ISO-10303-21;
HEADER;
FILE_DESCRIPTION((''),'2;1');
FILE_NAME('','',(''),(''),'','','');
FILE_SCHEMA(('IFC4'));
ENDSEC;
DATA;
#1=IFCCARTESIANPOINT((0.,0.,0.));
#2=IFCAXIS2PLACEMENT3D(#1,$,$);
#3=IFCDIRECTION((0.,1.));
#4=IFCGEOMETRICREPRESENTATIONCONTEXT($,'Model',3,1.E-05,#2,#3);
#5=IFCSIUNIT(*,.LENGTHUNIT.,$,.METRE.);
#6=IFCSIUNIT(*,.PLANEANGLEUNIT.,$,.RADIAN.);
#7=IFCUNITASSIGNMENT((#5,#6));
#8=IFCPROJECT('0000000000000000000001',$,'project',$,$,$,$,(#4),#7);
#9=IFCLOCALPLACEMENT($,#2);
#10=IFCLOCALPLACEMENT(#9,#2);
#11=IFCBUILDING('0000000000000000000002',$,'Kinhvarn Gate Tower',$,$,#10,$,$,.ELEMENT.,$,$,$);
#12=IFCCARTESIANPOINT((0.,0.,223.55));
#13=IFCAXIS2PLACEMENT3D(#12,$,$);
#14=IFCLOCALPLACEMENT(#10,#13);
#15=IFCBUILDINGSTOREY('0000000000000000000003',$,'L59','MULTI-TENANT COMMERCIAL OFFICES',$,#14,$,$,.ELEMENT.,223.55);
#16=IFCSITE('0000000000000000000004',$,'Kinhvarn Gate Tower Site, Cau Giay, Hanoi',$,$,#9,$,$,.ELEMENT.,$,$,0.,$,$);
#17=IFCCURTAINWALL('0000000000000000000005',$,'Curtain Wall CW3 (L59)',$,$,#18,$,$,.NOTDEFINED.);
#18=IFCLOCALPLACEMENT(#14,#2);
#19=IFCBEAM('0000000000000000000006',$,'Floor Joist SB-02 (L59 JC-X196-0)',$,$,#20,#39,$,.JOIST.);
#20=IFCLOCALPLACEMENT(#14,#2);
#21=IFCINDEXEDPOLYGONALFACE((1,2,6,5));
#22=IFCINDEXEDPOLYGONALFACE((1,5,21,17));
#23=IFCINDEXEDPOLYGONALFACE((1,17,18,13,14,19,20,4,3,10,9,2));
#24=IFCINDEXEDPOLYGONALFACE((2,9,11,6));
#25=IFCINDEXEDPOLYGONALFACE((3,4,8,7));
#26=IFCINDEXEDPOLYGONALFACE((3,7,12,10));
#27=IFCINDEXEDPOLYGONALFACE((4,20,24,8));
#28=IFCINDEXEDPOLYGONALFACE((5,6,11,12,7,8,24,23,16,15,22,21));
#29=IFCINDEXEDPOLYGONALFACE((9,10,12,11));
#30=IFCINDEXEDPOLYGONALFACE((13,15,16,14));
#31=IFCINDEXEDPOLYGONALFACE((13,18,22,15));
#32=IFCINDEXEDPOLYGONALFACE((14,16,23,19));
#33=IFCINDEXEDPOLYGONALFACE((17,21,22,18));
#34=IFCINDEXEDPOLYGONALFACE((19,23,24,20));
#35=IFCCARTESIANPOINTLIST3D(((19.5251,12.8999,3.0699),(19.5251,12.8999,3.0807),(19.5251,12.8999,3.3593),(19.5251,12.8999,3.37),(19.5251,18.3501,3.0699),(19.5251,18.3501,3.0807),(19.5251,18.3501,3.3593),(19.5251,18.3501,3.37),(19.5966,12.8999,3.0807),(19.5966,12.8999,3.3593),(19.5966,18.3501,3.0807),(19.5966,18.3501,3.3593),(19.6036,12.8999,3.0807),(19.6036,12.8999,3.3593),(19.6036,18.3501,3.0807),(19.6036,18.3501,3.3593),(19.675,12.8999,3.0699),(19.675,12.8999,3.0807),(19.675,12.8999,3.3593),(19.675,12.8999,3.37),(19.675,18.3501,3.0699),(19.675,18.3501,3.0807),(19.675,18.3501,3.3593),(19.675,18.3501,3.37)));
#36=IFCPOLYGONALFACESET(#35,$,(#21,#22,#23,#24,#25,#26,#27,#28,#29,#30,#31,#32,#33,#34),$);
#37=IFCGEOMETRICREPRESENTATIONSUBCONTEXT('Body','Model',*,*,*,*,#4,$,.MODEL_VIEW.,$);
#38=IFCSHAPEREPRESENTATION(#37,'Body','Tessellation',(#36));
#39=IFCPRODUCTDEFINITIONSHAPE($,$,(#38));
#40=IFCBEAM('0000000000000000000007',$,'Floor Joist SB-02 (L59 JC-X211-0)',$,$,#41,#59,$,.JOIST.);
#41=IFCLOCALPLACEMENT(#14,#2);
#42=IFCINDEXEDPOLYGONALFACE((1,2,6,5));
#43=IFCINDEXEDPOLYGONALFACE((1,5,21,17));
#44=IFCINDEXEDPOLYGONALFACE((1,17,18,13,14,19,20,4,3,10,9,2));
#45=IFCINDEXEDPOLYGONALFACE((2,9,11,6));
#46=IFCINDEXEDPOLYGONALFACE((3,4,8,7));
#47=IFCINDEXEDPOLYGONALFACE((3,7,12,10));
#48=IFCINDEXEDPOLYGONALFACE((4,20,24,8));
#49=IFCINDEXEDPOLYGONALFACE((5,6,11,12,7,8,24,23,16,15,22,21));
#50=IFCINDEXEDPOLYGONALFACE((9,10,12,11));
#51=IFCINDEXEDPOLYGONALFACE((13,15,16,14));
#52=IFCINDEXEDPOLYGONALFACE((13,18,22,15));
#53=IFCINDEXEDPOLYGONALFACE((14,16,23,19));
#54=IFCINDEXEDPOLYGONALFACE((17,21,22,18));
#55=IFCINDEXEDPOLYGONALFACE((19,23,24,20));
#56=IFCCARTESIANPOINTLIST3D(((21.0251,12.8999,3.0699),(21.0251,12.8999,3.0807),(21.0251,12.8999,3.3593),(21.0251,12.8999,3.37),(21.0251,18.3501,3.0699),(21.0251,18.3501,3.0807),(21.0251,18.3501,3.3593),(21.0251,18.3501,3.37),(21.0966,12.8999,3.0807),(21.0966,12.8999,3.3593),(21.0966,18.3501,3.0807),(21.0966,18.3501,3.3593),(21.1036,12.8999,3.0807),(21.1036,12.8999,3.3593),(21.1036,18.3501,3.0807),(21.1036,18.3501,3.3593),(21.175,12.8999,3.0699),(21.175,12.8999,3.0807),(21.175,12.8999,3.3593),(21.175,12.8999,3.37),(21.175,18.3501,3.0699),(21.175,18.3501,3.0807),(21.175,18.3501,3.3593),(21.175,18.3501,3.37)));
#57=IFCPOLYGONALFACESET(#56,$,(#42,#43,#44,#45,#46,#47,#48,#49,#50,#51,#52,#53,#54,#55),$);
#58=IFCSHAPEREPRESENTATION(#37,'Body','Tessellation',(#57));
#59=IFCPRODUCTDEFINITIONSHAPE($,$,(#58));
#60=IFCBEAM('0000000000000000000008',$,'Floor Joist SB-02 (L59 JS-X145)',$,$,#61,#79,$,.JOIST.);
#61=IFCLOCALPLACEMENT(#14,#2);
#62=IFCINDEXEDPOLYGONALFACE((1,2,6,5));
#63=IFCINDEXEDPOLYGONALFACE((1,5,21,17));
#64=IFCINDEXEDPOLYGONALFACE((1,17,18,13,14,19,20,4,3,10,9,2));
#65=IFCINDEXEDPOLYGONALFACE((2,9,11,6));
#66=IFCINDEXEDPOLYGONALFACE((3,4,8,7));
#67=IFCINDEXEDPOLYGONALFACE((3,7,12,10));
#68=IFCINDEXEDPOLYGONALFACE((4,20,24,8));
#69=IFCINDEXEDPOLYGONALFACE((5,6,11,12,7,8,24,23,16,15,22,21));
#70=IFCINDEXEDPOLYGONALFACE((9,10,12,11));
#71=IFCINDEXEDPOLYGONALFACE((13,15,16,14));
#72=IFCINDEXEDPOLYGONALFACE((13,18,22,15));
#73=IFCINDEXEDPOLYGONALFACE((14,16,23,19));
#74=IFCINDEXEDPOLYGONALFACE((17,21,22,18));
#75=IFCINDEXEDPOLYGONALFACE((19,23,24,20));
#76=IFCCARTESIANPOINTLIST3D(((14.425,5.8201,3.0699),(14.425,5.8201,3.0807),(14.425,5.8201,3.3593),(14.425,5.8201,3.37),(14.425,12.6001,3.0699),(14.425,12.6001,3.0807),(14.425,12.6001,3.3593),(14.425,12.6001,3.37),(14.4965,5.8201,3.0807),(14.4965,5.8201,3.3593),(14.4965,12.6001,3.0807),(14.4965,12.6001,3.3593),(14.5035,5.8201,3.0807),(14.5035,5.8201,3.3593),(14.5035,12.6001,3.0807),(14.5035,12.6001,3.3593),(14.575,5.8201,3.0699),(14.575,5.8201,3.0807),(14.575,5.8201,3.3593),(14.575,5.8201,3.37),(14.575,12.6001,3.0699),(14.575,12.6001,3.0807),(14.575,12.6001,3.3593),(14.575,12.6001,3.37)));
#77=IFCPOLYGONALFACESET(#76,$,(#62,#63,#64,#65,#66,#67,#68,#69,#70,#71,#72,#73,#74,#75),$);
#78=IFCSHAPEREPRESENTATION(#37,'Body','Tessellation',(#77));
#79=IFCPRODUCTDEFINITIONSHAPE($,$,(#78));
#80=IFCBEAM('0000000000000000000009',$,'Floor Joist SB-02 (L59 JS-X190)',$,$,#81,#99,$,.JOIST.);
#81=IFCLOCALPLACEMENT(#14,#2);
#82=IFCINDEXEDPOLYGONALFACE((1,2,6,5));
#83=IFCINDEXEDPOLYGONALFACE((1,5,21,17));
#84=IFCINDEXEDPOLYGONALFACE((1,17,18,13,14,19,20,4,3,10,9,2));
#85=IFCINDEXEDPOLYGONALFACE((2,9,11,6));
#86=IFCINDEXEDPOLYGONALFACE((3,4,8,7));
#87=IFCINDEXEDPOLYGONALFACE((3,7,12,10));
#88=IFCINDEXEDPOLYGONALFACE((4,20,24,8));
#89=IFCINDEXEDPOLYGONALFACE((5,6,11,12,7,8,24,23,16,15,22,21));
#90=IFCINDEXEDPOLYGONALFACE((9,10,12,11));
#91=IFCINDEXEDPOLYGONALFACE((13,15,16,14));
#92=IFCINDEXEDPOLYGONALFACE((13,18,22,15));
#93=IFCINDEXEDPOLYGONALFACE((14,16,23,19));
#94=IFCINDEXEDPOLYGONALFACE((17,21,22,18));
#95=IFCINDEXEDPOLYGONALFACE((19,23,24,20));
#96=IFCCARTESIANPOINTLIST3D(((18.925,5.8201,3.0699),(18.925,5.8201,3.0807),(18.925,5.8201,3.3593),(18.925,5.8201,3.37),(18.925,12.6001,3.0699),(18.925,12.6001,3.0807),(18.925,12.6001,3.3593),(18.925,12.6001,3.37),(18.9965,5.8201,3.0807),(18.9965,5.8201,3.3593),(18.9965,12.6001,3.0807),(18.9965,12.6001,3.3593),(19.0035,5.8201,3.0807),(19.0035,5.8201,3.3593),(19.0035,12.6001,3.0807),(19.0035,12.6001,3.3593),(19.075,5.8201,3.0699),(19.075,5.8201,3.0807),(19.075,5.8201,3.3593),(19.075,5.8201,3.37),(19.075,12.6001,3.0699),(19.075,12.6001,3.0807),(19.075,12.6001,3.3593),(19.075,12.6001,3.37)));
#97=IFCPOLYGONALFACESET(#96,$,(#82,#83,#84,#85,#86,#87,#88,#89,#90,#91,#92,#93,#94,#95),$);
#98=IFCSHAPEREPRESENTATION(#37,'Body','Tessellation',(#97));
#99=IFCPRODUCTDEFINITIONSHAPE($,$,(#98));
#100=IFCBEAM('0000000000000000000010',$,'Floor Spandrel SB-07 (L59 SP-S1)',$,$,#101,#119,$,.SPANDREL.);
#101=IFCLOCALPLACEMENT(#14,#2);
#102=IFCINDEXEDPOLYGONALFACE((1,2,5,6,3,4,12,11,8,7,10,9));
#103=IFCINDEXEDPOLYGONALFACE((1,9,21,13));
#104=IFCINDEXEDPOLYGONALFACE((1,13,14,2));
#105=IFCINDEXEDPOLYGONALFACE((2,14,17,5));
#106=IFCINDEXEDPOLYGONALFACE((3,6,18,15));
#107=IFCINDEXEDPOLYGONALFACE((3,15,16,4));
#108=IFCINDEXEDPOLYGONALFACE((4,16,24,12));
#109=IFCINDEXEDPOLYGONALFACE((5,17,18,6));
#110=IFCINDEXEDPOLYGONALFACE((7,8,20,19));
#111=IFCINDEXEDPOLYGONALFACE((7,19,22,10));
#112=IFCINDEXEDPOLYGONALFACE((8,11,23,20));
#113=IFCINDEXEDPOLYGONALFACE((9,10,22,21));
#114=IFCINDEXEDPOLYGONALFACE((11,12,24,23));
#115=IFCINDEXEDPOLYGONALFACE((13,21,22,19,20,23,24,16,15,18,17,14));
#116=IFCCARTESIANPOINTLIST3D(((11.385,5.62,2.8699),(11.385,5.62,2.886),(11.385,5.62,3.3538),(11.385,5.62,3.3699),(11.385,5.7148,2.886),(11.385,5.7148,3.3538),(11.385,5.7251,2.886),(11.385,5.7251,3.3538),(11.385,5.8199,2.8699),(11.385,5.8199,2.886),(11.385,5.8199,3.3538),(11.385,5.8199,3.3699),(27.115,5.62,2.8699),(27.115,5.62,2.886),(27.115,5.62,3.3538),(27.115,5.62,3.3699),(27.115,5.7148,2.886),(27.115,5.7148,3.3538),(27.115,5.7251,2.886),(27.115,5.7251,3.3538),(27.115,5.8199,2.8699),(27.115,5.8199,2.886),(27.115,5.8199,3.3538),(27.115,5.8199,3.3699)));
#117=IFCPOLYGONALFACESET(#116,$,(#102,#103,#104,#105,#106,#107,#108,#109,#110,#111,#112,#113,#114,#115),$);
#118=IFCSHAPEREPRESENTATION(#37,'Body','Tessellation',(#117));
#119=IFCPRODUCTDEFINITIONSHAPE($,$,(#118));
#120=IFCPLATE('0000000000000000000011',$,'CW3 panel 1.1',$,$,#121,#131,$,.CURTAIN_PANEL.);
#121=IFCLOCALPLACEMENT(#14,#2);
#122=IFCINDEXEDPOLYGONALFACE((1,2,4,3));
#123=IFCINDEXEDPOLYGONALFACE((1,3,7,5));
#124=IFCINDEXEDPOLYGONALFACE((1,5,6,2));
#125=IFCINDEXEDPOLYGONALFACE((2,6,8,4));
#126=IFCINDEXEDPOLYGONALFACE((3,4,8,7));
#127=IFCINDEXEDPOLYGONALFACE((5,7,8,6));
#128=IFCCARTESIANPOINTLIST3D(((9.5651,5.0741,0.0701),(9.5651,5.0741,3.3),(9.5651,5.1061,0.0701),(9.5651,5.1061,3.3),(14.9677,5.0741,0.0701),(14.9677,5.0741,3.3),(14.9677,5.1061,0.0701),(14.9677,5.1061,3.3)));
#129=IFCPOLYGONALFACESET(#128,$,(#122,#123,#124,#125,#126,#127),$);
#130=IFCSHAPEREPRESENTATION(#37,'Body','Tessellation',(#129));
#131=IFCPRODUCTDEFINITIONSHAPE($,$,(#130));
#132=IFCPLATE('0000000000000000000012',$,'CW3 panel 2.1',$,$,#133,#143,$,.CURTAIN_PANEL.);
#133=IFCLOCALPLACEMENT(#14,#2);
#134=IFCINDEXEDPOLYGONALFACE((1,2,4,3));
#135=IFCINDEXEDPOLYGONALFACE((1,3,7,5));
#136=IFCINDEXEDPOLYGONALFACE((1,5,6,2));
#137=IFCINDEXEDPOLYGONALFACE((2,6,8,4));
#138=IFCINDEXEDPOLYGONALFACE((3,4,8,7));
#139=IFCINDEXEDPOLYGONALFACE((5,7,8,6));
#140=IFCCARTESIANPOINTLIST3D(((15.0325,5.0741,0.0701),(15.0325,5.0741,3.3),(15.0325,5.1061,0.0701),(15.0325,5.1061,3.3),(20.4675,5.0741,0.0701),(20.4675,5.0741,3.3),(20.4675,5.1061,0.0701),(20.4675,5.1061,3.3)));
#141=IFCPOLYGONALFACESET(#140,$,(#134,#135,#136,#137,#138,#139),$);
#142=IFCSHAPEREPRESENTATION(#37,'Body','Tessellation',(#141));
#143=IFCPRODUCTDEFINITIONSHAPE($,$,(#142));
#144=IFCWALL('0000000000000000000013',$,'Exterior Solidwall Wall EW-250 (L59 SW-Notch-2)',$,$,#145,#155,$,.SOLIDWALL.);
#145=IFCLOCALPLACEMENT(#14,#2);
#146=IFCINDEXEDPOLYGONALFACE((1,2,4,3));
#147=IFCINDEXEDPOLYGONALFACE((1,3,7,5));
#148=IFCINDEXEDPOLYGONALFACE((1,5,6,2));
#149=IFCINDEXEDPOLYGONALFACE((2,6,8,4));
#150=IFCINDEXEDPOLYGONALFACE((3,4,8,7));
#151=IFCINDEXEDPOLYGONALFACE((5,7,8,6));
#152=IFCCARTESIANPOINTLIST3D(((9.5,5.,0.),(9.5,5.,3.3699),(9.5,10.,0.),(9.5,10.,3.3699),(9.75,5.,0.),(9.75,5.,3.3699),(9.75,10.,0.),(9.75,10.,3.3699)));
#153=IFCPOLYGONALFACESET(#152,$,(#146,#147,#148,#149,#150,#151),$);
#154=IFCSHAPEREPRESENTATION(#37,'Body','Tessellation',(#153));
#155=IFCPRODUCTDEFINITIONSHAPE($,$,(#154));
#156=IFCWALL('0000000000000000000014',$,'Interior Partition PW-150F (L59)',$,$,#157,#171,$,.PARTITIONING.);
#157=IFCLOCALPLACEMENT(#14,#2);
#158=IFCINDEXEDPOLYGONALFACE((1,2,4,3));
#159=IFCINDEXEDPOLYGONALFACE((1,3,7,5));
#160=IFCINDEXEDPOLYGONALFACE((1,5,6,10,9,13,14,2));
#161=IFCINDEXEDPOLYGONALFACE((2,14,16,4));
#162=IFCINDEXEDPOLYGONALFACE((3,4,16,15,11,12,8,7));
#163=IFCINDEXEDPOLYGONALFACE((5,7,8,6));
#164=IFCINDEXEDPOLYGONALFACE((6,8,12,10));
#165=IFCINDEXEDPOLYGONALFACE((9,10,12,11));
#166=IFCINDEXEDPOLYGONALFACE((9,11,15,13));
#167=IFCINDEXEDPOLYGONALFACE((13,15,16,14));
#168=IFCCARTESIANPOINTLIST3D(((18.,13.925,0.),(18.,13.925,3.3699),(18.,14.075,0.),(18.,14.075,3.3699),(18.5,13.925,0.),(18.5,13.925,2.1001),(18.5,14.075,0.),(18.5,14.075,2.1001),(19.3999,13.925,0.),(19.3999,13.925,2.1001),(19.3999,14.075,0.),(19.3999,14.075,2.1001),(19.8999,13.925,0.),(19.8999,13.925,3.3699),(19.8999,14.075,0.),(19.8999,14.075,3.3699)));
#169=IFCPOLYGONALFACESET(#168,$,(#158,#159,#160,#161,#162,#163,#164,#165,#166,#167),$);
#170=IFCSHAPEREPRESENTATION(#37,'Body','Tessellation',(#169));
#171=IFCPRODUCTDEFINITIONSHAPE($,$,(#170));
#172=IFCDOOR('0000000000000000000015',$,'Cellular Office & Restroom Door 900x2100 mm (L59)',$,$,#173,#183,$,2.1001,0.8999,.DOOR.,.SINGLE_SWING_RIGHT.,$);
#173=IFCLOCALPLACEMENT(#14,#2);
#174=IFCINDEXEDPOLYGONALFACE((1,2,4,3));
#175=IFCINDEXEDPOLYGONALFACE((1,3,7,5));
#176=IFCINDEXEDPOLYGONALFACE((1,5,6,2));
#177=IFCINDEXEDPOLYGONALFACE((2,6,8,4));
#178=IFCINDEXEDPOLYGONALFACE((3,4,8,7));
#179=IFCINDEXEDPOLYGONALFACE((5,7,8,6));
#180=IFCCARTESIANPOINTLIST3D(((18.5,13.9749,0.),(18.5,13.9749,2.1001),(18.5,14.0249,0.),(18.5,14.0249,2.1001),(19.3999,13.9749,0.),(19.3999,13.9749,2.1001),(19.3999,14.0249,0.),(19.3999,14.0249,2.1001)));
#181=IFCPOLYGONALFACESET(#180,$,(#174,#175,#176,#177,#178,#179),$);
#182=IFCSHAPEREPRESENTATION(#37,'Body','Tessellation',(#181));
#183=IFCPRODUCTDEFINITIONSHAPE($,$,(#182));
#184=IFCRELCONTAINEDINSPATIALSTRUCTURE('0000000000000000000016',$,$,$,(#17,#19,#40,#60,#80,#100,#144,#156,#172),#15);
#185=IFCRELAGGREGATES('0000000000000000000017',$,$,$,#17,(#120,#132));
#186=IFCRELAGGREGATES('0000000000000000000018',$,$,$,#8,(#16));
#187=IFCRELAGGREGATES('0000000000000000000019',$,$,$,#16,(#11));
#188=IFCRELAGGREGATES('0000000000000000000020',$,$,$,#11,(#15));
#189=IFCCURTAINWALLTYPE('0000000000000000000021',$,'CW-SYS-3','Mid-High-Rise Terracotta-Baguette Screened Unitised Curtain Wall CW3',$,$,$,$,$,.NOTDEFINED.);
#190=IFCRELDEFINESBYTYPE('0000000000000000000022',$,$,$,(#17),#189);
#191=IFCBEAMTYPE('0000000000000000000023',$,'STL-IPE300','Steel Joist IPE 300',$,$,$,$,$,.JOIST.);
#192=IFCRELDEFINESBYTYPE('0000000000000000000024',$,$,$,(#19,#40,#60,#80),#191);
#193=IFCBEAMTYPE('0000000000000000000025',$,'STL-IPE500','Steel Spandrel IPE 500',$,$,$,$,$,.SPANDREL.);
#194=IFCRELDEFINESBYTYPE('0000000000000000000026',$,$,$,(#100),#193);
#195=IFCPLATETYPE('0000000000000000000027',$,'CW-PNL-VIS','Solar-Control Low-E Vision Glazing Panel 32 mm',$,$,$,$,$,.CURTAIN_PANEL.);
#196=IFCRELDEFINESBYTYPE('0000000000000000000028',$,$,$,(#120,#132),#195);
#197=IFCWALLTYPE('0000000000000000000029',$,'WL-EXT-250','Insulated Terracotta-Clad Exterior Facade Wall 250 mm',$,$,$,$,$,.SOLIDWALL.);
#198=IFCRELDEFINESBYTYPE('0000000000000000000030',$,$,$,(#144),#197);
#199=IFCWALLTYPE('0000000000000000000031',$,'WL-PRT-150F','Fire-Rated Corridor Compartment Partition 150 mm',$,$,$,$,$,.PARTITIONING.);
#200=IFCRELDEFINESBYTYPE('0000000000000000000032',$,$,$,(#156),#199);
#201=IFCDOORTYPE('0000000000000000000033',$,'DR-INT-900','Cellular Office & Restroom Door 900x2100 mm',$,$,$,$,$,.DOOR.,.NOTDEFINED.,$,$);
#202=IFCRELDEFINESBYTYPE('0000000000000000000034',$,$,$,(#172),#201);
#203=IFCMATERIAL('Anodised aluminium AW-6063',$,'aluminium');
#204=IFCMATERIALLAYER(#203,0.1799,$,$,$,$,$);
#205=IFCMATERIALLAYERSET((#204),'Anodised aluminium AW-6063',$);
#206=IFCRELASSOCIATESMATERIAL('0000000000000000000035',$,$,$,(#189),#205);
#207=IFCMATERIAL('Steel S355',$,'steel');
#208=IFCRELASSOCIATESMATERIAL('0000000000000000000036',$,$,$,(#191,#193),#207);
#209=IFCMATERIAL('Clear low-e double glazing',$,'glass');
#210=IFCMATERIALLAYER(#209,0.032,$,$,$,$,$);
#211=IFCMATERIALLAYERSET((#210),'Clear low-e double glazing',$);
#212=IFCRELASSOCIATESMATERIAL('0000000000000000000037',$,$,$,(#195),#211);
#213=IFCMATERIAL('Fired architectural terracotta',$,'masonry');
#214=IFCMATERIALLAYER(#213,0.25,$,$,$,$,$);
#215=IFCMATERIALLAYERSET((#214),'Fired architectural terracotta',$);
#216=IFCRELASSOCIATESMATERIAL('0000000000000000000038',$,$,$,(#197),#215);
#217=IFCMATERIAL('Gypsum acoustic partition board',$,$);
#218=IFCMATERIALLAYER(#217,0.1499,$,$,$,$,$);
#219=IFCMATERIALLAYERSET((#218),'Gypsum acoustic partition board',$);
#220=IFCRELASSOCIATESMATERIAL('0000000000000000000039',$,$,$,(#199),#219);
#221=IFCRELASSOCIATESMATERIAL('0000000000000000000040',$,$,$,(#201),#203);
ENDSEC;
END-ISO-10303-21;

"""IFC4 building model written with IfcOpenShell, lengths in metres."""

from ifc_helpers import new_model, si_unit, direction, frame, frame_2d, origin, origin_2d, place, context, subcontext, project, spatial, rectangle, i_section, extrude, material, layer, layer_set, material_profile, profile_set, type_object, element, fill, aggregate, save


model = new_model("IFC4")

# Units and contexts
model_context = context("Model", 3, precision=1e-05, world=origin(), true_north=direction((0.0, 1.0)))
body_context = subcontext(model_context, "Body", "Model", "MODEL_VIEW")
ifc_project = project(units=[si_unit("LENGTHUNIT", "METRE"), si_unit("PLANEANGLEUNIT", "RADIAN")], contexts=[model_context])

# Site, building, storey
site_placement = place(None, origin())
site = spatial("IfcSite", under=ifc_project, at=site_placement, Name="Kinhvarn Gate Tower Site, Cau Giay, Hanoi", CompositionType="ELEMENT", RefElevation=0.0)
building_placement = place(site_placement, origin())
building = spatial("IfcBuilding", under=site, at=building_placement, Name="Kinhvarn Gate Tower", CompositionType="ELEMENT")
storey_placement = place(building_placement, frame((0.0, 0.0, 223.55)))
storey = spatial("IfcBuildingStorey", under=building, at=storey_placement, Name="L59", Description="MULTI-TENANT COMMERCIAL OFFICES", CompositionType="ELEMENT", Elevation=223.55)

# Curtain wall
ifc_material_1 = material(Name="Anodised aluminium AW-6063", Category="aluminium")
ifc_layer_1 = layer(ifc_material_1, 0.1799)
ifc_layer_set_1 = layer_set([ifc_layer_1], Name="Anodised aluminium AW-6063")
curtain_wall_type = type_object("IfcCurtainWallType", Name="CW-SYS-3", Description="Mid-High-Rise Terracotta-Baguette Screened Unitised Curtain Wall CW3", PredefinedType="NOTDEFINED", material=ifc_layer_set_1)
curtain_wall_placement = place(storey_placement, origin())
curtain_wall = element("IfcCurtainWall", 1, at=curtain_wall_placement, inside=storey, type_object=curtain_wall_type, Name="Curtain Wall CW3 (L59)", PredefinedType="NOTDEFINED")

# Beams
ifc_material_2 = material(Name="Steel S355", Category="steel")
ifc_material_profile_1 = material_profile(ifc_material_2, i_section(OverallWidth=0.1499, OverallDepth=0.3, WebThickness=0.0071, FlangeThickness=0.0107, at=origin_2d()), Name="IPE 300")
ifc_profile_set_1 = profile_set([ifc_material_profile_1], Name="Steel S355")
beam_type_1 = type_object("IfcBeamType", Name="STL-IPE300", Description="Steel Joist IPE 300", PredefinedType="JOIST", material=ifc_profile_set_1)
for number, where, z_axis, x_axis, name in (
    (2, (19.6001, 12.8999, 3.22), (0.0, 1.0, 0.0), (-1.0, 0.0, 0.0), "Floor Joist SB-02 (L59 JC-X196-0)"),
    (3, (21.1001, 12.8999, 3.22), (0.0, 1.0, 0.0), (-1.0, 0.0, 0.0), "Floor Joist SB-02 (L59 JC-X211-0)"),
):
    element("IfcBeam", number, at=place(storey_placement, frame(where, z_axis=z_axis, x_axis=x_axis)), inside=storey, type_object=beam_type_1, Name=name, PredefinedType="JOIST", context=body_context, shape_type="SweptSolid", body=[
        extrude(i_section(OverallWidth=0.1499, OverallDepth=0.3, WebThickness=0.0071, FlangeThickness=0.0107, at=origin_2d()), origin(), (0.0, 0.0, 1.0), 5.4502),
    ])
for number, where, z_axis, x_axis, name in (
    (4, (14.5, 5.8201, 3.22), (0.0, 1.0, 0.0), (-1.0, 0.0, 0.0), "Floor Joist SB-02 (L59 JS-X145)"),
    (5, (19.0, 5.8201, 3.22), (0.0, 1.0, 0.0), (-1.0, 0.0, 0.0), "Floor Joist SB-02 (L59 JS-X190)"),
):
    element("IfcBeam", number, at=place(storey_placement, frame(where, z_axis=z_axis, x_axis=x_axis)), inside=storey, type_object=beam_type_1, Name=name, PredefinedType="JOIST", context=body_context, shape_type="SweptSolid", body=[
        extrude(i_section(OverallWidth=0.1499, OverallDepth=0.3, WebThickness=0.0071, FlangeThickness=0.0107, at=origin_2d()), origin(), (0.0, 0.0, 1.0), 6.78),
    ])
ifc_material_profile_2 = material_profile(ifc_material_2, i_section(OverallWidth=0.2, OverallDepth=0.5, WebThickness=0.0103, FlangeThickness=0.0161, at=origin_2d()), Name="IPE 500")
ifc_profile_set_2 = profile_set([ifc_material_profile_2], Name="Steel S355")
beam_type_2 = type_object("IfcBeamType", Name="STL-IPE500", Description="Steel Spandrel IPE 500", PredefinedType="SPANDREL", material=ifc_profile_set_2)
beam_1_placement = place(storey_placement, frame((11.385, 5.72, 3.1199), z_axis=(1.0, 0.0, 0.0), x_axis=(0.0, 1.0, 0.0)))
element("IfcBeam", 6, at=beam_1_placement, inside=storey, type_object=beam_type_2, Name="Floor Spandrel SB-07 (L59 SP-S1)", PredefinedType="SPANDREL", context=body_context, shape_type="SweptSolid", body=[
    extrude(i_section(OverallWidth=0.2, OverallDepth=0.5, WebThickness=0.0103, FlangeThickness=0.0161, at=origin_2d()), origin(), (0.0, 0.0, 1.0), 15.73),
])

# Plates
ifc_material_3 = material(Name="Clear low-e double glazing", Category="glass")
ifc_layer_2 = layer(ifc_material_3, 0.032)
ifc_layer_set_2 = layer_set([ifc_layer_2], Name="Clear low-e double glazing")
plate_type = type_object("IfcPlateType", Name="CW-PNL-VIS", Description="Solar-Control Low-E Vision Glazing Panel 32 mm", PredefinedType="CURTAIN_PANEL", material=ifc_layer_set_2)
plate_1_placement = place(storey_placement, frame((12.2664, 5.0901, 0.0701), z_axis=(0.0, 0.0, 1.0), x_axis=(1.0, 0.0, 0.0)))
plate_1 = element("IfcPlate", 7, at=plate_1_placement, type_object=plate_type, Name="CW3 panel 1.1", PredefinedType="CURTAIN_PANEL", context=body_context, shape_type="SweptSolid", body=[
    extrude(rectangle(XDim=5.4026, YDim=0.032, at=origin_2d()), origin(), (0.0, 0.0, 1.0), 3.23),
])
plate_2_placement = place(storey_placement, frame((17.75, 5.0901, 0.0701), z_axis=(0.0, 0.0, 1.0), x_axis=(1.0, 0.0, 0.0)))
plate_2 = element("IfcPlate", 8, at=plate_2_placement, type_object=plate_type, Name="CW3 panel 2.1", PredefinedType="CURTAIN_PANEL", context=body_context, shape_type="SweptSolid", body=[
    extrude(rectangle(XDim=5.4351, YDim=0.032, at=origin_2d()), origin(), (0.0, 0.0, 1.0), 3.23),
])
aggregate(curtain_wall, [plate_1, plate_2])

# Wall
ifc_material_4 = material(Name="Fired architectural terracotta", Category="masonry")
ifc_layer_3 = layer(ifc_material_4, 0.25)
ifc_layer_set_3 = layer_set([ifc_layer_3], Name="Fired architectural terracotta")
wall_type_1 = type_object("IfcWallType", Name="WL-EXT-250", Description="Insulated Terracotta-Clad Exterior Facade Wall 250 mm", PredefinedType="SOLIDWALL", material=ifc_layer_set_3)
wall_1_placement = place(storey_placement, frame((9.625, 10.0, 0.0), z_axis=(0.0, 0.0, 1.0), x_axis=(0.0, -1.0, 0.0)))
element("IfcWall", 9, at=wall_1_placement, inside=storey, type_object=wall_type_1, Name="Exterior Solidwall Wall EW-250 (L59 SW-Notch-2)", PredefinedType="SOLIDWALL", context=body_context, shape_type="SweptSolid", body=[
    extrude(rectangle(XDim=5.0, YDim=0.25, at=frame_2d((2.5, 0.0))), origin(), (0.0, 0.0, 1.0), 3.3699),
])

# Wall, opening, door
ifc_material_5 = material(Name="Gypsum acoustic partition board")
ifc_layer_4 = layer(ifc_material_5, 0.1499)
ifc_layer_set_4 = layer_set([ifc_layer_4], Name="Gypsum acoustic partition board")
wall_type_2 = type_object("IfcWallType", Name="WL-PRT-150F", Description="Fire-Rated Corridor Compartment Partition 150 mm", PredefinedType="PARTITIONING", material=ifc_layer_set_4)
wall_2_placement = place(storey_placement, frame((18.0, 14.0, 0.0), z_axis=(0.0, 0.0, 1.0), x_axis=(1.0, 0.0, 0.0)))
wall_2 = element("IfcWall", 10, at=wall_2_placement, inside=storey, type_object=wall_type_2, Name="Interior Partition PW-150F (L59)", PredefinedType="PARTITIONING", context=body_context, shape_type="SweptSolid", body=[
    extrude(rectangle(XDim=1.8999, YDim=0.1499, at=frame_2d((0.95, 0.0))), origin(), (0.0, 0.0, 1.0), 3.3699),
])
opening_placement = place(wall_2_placement, frame((0.5, 0.0, 0.0)))
opening = element("IfcOpeningElement", 11, at=opening_placement, cuts=wall_2, PredefinedType="OPENING", context=body_context, shape_type="SweptSolid", body=[
    extrude(rectangle(XDim=0.8999, YDim=2.1001, at=frame_2d((0.45, 1.05))), frame((0.0, 0.085, 0.0), z_axis=(0.0, -1.0, 0.0), x_axis=(1.0, 0.0, 0.0)), (0.0, 0.0, 1.0), 0.1699),
])
door_type = type_object("IfcDoorType", Name="DR-INT-900", Description="Cellular Office & Restroom Door 900x2100 mm", OperationType="NOTDEFINED", PredefinedType="DOOR", material=ifc_material_1)
door_placement = place(opening_placement, origin())
door = element("IfcDoor", 12, at=door_placement, inside=storey, type_object=door_type, Name="Cellular Office & Restroom Door 900x2100 mm (L59)", OperationType="SINGLE_SWING_RIGHT", OverallHeight=2.1001, OverallWidth=0.8999, PredefinedType="DOOR", context=body_context, shape_type="SweptSolid", body=[
    extrude(rectangle(XDim=0.8999, YDim=2.1001, at=frame_2d((0.45, 1.05))), frame((0.0, 0.0249, 0.0), z_axis=(0.0, -1.0, 0.0), x_axis=(1.0, 0.0, 0.0)), (0.0, 0.0, 1.0), 0.05),
])
fill(opening, door)

save(model, "model.ifc")
